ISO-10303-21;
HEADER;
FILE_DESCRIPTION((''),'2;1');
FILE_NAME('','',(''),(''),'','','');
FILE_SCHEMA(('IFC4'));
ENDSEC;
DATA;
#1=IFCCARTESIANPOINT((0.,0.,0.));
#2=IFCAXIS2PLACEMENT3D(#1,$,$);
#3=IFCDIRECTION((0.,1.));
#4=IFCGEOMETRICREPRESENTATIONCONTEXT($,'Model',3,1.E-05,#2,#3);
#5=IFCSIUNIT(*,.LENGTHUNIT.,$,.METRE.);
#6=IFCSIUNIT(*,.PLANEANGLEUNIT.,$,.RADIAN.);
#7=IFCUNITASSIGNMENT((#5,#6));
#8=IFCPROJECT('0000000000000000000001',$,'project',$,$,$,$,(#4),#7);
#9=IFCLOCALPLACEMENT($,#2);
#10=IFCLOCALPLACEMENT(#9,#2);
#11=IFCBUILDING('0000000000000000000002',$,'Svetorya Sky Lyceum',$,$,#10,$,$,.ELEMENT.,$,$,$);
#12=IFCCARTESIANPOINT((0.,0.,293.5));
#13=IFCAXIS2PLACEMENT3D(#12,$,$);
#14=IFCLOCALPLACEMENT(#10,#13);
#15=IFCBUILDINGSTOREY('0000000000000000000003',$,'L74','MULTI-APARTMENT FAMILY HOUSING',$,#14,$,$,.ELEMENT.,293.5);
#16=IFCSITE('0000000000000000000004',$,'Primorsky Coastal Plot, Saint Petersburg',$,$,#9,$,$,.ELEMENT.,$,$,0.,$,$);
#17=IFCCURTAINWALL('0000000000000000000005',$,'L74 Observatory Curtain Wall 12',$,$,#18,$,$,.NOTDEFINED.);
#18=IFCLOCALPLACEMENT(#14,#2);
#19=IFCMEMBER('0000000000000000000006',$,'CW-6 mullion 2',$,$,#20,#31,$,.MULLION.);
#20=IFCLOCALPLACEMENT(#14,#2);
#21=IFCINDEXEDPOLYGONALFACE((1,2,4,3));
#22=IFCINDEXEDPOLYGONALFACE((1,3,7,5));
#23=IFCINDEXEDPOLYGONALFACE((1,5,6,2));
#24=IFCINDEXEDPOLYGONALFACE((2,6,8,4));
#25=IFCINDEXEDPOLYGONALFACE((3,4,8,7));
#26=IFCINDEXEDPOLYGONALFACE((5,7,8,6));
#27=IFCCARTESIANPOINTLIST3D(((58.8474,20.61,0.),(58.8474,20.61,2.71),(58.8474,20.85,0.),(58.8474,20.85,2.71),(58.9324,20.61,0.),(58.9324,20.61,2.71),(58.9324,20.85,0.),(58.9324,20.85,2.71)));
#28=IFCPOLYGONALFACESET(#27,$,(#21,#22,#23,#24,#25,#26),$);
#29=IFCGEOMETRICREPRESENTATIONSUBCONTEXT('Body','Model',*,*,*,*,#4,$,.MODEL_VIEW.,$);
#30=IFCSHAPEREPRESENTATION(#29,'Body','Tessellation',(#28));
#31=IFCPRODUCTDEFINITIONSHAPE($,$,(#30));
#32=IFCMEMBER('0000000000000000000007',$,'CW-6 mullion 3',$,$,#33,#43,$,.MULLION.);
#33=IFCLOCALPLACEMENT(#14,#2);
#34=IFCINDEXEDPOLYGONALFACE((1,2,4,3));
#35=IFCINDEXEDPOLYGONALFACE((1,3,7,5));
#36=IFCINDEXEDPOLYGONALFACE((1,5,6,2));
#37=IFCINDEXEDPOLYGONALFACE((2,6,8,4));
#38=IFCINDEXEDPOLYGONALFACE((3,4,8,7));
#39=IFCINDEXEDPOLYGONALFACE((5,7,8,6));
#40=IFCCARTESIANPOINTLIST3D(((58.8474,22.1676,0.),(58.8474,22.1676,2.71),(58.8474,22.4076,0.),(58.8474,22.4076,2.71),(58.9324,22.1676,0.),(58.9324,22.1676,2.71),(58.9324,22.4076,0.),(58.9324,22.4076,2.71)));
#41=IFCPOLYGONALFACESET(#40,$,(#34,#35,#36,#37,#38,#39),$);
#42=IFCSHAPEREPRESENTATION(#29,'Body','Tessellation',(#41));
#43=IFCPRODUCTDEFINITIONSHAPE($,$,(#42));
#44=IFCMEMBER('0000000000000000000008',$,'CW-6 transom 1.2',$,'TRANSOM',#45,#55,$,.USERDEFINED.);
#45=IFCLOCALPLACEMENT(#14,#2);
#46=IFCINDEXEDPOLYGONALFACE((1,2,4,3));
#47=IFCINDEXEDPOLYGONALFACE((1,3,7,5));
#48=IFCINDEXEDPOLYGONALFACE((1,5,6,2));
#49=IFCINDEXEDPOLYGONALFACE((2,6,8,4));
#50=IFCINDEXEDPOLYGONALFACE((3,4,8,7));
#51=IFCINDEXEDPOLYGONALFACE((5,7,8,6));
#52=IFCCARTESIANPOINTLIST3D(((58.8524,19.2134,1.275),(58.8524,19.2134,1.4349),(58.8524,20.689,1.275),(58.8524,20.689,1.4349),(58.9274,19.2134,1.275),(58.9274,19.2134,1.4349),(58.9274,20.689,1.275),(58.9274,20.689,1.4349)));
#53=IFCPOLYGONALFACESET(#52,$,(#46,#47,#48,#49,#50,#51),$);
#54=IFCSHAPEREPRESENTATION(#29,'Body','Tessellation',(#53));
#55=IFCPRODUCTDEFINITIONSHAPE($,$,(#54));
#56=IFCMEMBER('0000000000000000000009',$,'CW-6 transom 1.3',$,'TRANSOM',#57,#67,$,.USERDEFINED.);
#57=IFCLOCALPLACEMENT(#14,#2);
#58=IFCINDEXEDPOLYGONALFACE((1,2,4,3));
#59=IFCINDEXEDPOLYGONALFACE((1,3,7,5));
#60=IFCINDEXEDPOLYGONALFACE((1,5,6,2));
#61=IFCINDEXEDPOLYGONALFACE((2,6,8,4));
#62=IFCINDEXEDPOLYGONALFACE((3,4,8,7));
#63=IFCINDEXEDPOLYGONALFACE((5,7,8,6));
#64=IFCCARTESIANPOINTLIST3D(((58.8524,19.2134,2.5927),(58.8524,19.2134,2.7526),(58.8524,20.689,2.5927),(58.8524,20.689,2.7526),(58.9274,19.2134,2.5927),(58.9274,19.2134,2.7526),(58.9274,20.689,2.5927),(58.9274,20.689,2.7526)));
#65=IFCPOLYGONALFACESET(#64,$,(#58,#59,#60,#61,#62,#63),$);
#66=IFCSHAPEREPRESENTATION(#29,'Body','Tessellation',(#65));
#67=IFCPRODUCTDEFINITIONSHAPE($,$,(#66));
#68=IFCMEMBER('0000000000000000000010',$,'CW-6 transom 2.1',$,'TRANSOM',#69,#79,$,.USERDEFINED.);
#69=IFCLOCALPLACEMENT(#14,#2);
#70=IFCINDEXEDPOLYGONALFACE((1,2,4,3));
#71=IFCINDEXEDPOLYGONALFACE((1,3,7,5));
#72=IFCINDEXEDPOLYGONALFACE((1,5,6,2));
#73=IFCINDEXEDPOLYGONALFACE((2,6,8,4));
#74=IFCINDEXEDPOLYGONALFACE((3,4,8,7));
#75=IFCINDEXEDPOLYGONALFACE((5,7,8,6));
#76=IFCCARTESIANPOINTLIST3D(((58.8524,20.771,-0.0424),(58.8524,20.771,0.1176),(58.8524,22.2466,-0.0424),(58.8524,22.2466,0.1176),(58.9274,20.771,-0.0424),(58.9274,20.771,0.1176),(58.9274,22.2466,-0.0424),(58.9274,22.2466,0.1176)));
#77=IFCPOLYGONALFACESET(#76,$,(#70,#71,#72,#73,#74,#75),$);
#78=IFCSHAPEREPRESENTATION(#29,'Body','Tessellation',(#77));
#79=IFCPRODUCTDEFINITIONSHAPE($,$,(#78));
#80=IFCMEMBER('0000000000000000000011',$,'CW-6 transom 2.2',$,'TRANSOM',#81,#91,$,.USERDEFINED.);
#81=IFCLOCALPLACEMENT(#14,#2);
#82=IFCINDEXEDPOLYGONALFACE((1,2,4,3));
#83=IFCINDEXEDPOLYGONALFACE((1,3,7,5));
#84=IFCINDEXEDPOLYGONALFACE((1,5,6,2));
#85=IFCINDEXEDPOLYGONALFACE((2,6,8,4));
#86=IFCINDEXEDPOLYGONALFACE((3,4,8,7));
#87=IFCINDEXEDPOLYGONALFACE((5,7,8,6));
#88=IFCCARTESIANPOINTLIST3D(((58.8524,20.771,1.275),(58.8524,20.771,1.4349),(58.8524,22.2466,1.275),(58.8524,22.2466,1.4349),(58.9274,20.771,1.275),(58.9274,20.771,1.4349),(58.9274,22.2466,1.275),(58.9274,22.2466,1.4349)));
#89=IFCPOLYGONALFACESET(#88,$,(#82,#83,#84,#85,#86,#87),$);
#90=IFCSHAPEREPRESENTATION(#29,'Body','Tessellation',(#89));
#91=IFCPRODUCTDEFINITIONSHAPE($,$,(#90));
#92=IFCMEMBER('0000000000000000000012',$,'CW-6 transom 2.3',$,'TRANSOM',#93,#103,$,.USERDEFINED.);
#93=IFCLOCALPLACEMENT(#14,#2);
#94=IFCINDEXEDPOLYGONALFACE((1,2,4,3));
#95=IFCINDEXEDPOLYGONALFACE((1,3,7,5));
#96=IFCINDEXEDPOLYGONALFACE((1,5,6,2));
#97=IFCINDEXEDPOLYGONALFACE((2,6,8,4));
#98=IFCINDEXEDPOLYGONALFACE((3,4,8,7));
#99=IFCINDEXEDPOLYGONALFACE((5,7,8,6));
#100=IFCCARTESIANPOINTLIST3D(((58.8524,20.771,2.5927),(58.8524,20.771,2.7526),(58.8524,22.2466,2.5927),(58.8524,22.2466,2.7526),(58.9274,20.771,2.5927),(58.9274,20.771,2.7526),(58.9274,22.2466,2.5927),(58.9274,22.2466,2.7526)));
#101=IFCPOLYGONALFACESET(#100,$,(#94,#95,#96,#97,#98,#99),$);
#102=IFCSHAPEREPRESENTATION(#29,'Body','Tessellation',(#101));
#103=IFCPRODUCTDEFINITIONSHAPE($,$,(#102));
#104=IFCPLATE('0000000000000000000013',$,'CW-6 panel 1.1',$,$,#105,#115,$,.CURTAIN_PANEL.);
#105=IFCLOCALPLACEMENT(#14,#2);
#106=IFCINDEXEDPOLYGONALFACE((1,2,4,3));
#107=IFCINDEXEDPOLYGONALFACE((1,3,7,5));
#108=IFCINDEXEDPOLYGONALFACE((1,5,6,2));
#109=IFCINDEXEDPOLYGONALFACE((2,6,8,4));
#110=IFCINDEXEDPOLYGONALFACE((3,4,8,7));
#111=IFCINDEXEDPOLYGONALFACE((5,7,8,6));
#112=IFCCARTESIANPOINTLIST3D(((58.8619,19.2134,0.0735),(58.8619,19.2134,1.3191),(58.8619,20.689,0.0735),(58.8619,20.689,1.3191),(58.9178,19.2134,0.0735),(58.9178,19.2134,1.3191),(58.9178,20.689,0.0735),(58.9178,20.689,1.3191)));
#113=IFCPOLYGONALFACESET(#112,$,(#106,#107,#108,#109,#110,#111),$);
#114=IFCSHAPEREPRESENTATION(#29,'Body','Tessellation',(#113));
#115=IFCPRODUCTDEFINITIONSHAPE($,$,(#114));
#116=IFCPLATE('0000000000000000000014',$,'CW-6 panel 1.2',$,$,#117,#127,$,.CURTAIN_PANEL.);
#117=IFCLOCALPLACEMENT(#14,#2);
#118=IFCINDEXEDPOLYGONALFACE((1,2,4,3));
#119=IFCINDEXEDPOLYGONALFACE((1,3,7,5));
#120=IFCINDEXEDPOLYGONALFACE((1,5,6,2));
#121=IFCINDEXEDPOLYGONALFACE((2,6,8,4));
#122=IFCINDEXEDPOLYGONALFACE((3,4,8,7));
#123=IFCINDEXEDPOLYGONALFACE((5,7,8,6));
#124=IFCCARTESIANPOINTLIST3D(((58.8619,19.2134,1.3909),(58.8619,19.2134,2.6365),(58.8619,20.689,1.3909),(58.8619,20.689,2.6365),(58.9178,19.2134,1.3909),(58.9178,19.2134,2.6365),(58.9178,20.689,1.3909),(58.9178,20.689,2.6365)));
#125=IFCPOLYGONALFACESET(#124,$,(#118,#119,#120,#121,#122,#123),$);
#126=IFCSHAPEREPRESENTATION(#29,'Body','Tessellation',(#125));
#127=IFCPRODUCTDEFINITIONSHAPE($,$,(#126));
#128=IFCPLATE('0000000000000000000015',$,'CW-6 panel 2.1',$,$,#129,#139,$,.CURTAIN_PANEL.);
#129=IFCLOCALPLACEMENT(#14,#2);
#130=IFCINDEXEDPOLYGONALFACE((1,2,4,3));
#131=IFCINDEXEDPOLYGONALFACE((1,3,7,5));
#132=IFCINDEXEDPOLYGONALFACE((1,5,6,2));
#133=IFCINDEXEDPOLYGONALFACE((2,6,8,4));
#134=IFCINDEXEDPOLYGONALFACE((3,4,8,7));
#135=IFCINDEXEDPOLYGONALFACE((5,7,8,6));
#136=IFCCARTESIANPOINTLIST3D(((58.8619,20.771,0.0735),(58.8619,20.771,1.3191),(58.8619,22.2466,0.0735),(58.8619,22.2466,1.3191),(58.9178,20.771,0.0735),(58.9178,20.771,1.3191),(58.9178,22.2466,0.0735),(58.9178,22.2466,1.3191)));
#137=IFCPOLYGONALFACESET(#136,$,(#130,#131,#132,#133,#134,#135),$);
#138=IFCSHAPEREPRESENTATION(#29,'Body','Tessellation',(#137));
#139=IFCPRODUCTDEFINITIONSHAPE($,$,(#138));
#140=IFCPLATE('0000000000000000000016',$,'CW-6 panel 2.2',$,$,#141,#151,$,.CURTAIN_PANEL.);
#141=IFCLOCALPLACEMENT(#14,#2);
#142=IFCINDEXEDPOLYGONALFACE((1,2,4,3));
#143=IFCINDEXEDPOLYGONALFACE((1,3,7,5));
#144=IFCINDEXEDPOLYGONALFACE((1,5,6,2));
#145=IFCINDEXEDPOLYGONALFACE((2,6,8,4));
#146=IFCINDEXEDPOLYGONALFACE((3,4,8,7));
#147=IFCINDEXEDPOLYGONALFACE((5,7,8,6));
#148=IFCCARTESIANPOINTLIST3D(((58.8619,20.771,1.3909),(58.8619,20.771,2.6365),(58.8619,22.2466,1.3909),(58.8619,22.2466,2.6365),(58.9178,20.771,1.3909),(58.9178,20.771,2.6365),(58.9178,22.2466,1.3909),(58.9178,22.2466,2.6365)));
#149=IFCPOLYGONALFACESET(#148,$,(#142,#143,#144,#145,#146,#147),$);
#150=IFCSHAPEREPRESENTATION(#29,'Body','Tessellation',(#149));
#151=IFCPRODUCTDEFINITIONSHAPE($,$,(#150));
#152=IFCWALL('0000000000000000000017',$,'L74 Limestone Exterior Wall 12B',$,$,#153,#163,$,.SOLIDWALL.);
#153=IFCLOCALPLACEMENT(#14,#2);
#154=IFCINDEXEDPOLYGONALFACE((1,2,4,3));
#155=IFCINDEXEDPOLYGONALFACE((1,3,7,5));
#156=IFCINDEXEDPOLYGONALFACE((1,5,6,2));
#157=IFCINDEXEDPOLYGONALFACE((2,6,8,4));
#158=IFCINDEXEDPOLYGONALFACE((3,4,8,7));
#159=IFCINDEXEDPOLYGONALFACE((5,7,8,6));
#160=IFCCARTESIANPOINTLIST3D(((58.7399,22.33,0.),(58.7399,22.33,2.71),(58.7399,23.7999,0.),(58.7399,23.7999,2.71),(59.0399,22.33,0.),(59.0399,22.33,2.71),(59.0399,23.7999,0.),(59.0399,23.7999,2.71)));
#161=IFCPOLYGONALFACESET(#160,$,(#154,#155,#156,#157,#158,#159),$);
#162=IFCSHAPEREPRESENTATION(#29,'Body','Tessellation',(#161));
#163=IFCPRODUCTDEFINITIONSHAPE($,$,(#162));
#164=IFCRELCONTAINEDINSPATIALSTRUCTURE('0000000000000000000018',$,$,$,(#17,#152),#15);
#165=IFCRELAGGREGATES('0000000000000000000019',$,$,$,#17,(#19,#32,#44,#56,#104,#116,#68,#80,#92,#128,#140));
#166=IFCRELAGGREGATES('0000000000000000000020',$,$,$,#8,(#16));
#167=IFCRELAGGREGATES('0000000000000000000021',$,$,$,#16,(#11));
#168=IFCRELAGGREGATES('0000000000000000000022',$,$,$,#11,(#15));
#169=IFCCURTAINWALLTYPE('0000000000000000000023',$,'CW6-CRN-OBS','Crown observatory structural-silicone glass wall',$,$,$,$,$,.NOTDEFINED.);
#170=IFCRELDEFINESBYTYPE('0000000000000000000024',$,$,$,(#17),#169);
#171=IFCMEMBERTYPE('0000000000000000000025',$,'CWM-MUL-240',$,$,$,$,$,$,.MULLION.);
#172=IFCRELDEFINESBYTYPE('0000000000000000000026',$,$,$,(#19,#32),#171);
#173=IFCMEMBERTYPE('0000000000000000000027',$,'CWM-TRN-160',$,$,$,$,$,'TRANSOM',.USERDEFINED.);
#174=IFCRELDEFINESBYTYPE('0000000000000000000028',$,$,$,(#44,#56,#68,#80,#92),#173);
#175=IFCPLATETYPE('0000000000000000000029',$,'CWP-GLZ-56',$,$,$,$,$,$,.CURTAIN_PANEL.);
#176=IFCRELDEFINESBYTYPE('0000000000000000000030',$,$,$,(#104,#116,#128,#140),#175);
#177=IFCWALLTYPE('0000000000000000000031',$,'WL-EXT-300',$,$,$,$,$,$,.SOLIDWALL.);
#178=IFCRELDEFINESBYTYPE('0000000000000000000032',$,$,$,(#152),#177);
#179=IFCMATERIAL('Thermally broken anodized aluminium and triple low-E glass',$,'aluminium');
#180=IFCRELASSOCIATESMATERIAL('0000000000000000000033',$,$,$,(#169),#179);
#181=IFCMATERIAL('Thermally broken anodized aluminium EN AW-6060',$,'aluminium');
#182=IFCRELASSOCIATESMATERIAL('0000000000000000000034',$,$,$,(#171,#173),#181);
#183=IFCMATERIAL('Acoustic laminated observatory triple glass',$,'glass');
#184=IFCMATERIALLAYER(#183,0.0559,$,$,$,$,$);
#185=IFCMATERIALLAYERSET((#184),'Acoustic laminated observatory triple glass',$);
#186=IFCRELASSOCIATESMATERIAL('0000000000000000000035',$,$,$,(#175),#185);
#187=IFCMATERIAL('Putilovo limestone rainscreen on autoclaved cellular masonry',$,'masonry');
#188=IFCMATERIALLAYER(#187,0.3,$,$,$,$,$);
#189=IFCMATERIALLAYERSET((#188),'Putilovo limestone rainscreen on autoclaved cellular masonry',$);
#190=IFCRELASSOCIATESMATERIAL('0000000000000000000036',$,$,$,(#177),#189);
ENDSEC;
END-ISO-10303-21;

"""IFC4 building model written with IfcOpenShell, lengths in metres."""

from ifc_helpers import new_model, si_unit, direction, frame, frame_2d, origin, origin_2d, place, context, subcontext, project, spatial, rectangle, extrude, material, layer, layer_set, material_profile, profile_set, type_object, element, aggregate, save


model = new_model("IFC4")

# Units and contexts
model_context = context("Model", 3, precision=1e-05, world=origin(), true_north=direction((0.0, 1.0)))
body_context = subcontext(model_context, "Body", "Model", "MODEL_VIEW")
ifc_project = project(units=[si_unit("LENGTHUNIT", "METRE"), si_unit("PLANEANGLEUNIT", "RADIAN")], contexts=[model_context])

# Site, building, storey
site_placement = place(None, origin())
site = spatial("IfcSite", under=ifc_project, at=site_placement, Name="Primorsky Coastal Plot, Saint Petersburg", CompositionType="ELEMENT", RefElevation=0.0)
building_placement = place(site_placement, origin())
building = spatial("IfcBuilding", under=site, at=building_placement, Name="Svetorya Sky Lyceum", CompositionType="ELEMENT")
storey_placement = place(building_placement, frame((0.0, 0.0, 293.5)))
storey = spatial("IfcBuildingStorey", under=building, at=storey_placement, Name="L74", Description="MULTI-APARTMENT FAMILY HOUSING", CompositionType="ELEMENT", Elevation=293.5)

# Curtain wall, members, plates
ifc_material_1 = material(Name="Thermally broken anodized aluminium and triple low-E glass", Category="aluminium")
curtain_wall_type = type_object("IfcCurtainWallType", Name="CW6-CRN-OBS", Description="Crown observatory structural-silicone glass wall", PredefinedType="NOTDEFINED", material=ifc_material_1)
curtain_wall_placement = place(storey_placement, origin())
curtain_wall = element("IfcCurtainWall", 1, at=curtain_wall_placement, inside=storey, type_object=curtain_wall_type, Name="L74 Observatory Curtain Wall 12", PredefinedType="NOTDEFINED")
ifc_material_2 = material(Name="Thermally broken anodized aluminium EN AW-6060", Category="aluminium")
ifc_material_profile_1 = material_profile(ifc_material_2, rectangle(XDim=0.085, YDim=0.24, at=origin_2d()), Name="ALU MULLION 85x240")
ifc_profile_set_1 = profile_set([ifc_material_profile_1], Name="Thermally broken anodized aluminium EN AW-6060")
member_type_1 = type_object("IfcMemberType", Name="CWM-MUL-240", PredefinedType="MULLION", material=ifc_profile_set_1)
member_1_placement = place(storey_placement, frame((58.8899, 20.73, 0.0), z_axis=(0.0, 0.0, 1.0), x_axis=(-1.0, 0.0, 0.0)))
member_1 = element("IfcMember", 2, at=member_1_placement, type_object=member_type_1, Name="CW-6 mullion 2", PredefinedType="MULLION", context=body_context, shape_type="SweptSolid", body=[
    extrude(rectangle(XDim=0.085, YDim=0.24, at=origin_2d()), origin(), (0.0, 0.0, 1.0), 2.71),
])
member_2_placement = place(storey_placement, frame((58.8899, 22.2876, 0.0), z_axis=(0.0, 0.0, 1.0), x_axis=(-1.0, 0.0, 0.0)))
member_2 = element("IfcMember", 3, at=member_2_placement, type_object=member_type_1, Name="CW-6 mullion 3", PredefinedType="MULLION", context=body_context, shape_type="SweptSolid", body=[
    extrude(rectangle(XDim=0.085, YDim=0.24, at=origin_2d()), origin(), (0.0, 0.0, 1.0), 2.71),
])
ifc_material_profile_2 = material_profile(ifc_material_2, rectangle(XDim=0.075, YDim=0.1599, at=origin_2d()), Name="ALU TRANSOM 75x160")
ifc_profile_set_2 = profile_set([ifc_material_profile_2], Name="Thermally broken anodized aluminium EN AW-6060")
member_type_2 = type_object("IfcMemberType", Name="CWM-TRN-160", ElementType="TRANSOM", PredefinedType="USERDEFINED", material=ifc_profile_set_2)
member_3_placement = place(storey_placement, frame((58.8899, 19.2134, 1.355), z_axis=(0.0, 1.0, 0.0), x_axis=(-1.0, 0.0, 0.0)))
member_3 = element("IfcMember", 4, at=member_3_placement, type_object=member_type_2, Name="CW-6 transom 1.2", ObjectType="TRANSOM", PredefinedType="USERDEFINED", context=body_context, shape_type="SweptSolid", body=[
    extrude(rectangle(XDim=0.075, YDim=0.1599, at=origin_2d()), origin(), (0.0, 0.0, 1.0), 1.4756),
])
member_4_placement = place(storey_placement, frame((58.8899, 19.2134, 2.6726), z_axis=(0.0, 1.0, 0.0), x_axis=(-1.0, 0.0, 0.0)))
member_4 = element("IfcMember", 5, at=member_4_placement, type_object=member_type_2, Name="CW-6 transom 1.3", ObjectType="TRANSOM", PredefinedType="USERDEFINED", context=body_context, shape_type="SweptSolid", body=[
    extrude(rectangle(XDim=0.075, YDim=0.1599, at=origin_2d()), origin(), (0.0, 0.0, 1.0), 1.4756),
])
member_5_placement = place(storey_placement, frame((58.8899, 20.771, 0.0376), z_axis=(0.0, 1.0, 0.0), x_axis=(-1.0, 0.0, 0.0)))
member_5 = element("IfcMember", 6, at=member_5_placement, type_object=member_type_2, Name="CW-6 transom 2.1", ObjectType="TRANSOM", PredefinedType="USERDEFINED", context=body_context, shape_type="SweptSolid", body=[
    extrude(rectangle(XDim=0.075, YDim=0.1599, at=origin_2d()), origin(), (0.0, 0.0, 1.0), 1.4756),
])
member_6_placement = place(storey_placement, frame((58.8899, 20.771, 1.355), z_axis=(0.0, 1.0, 0.0), x_axis=(-1.0, 0.0, 0.0)))
member_6 = element("IfcMember", 7, at=member_6_placement, type_object=member_type_2, Name="CW-6 transom 2.2", ObjectType="TRANSOM", PredefinedType="USERDEFINED", context=body_context, shape_type="SweptSolid", body=[
    extrude(rectangle(XDim=0.075, YDim=0.1599, at=origin_2d()), origin(), (0.0, 0.0, 1.0), 1.4756),
])
member_7_placement = place(storey_placement, frame((58.8899, 20.771, 2.6726), z_axis=(0.0, 1.0, 0.0), x_axis=(-1.0, 0.0, 0.0)))
member_7 = element("IfcMember", 8, at=member_7_placement, type_object=member_type_2, Name="CW-6 transom 2.3", ObjectType="TRANSOM", PredefinedType="USERDEFINED", context=body_context, shape_type="SweptSolid", body=[
    extrude(rectangle(XDim=0.075, YDim=0.1599, at=origin_2d()), origin(), (0.0, 0.0, 1.0), 1.4756),
])
ifc_material_3 = material(Name="Acoustic laminated observatory triple glass", Category="glass")
ifc_layer_1 = layer(ifc_material_3, 0.0559)
ifc_layer_set_1 = layer_set([ifc_layer_1], Name="Acoustic laminated observatory triple glass")
plate_type = type_object("IfcPlateType", Name="CWP-GLZ-56", PredefinedType="CURTAIN_PANEL", material=ifc_layer_set_1)
plate_1_placement = place(storey_placement, frame((58.8899, 19.9512, 0.0735), z_axis=(0.0, 0.0, 1.0), x_axis=(0.0, 1.0, 0.0)))
plate_1 = element("IfcPlate", 9, at=plate_1_placement, type_object=plate_type, Name="CW-6 panel 1.1", PredefinedType="CURTAIN_PANEL", context=body_context, shape_type="SweptSolid", body=[
    extrude(rectangle(XDim=1.4756, YDim=0.0559, at=origin_2d()), origin(), (0.0, 0.0, 1.0), 1.2456),
])
plate_2_placement = place(storey_placement, frame((58.8899, 19.9512, 1.3909), z_axis=(0.0, 0.0, 1.0), x_axis=(0.0, 1.0, 0.0)))
plate_2 = element("IfcPlate", 10, at=plate_2_placement, type_object=plate_type, Name="CW-6 panel 1.2", PredefinedType="CURTAIN_PANEL", context=body_context, shape_type="SweptSolid", body=[
    extrude(rectangle(XDim=1.4756, YDim=0.0559, at=origin_2d()), origin(), (0.0, 0.0, 1.0), 1.2456),
])
plate_3_placement = place(storey_placement, frame((58.8899, 21.5088, 0.0735), z_axis=(0.0, 0.0, 1.0), x_axis=(0.0, 1.0, 0.0)))
plate_3 = element("IfcPlate", 11, at=plate_3_placement, type_object=plate_type, Name="CW-6 panel 2.1", PredefinedType="CURTAIN_PANEL", context=body_context, shape_type="SweptSolid", body=[
    extrude(rectangle(XDim=1.4756, YDim=0.0559, at=origin_2d()), origin(), (0.0, 0.0, 1.0), 1.2456),
])
plate_4_placement = place(storey_placement, frame((58.8899, 21.5088, 1.3909), z_axis=(0.0, 0.0, 1.0), x_axis=(0.0, 1.0, 0.0)))
plate_4 = element("IfcPlate", 12, at=plate_4_placement, type_object=plate_type, Name="CW-6 panel 2.2", PredefinedType="CURTAIN_PANEL", context=body_context, shape_type="SweptSolid", body=[
    extrude(rectangle(XDim=1.4756, YDim=0.0559, at=origin_2d()), origin(), (0.0, 0.0, 1.0), 1.2456),
])
aggregate(curtain_wall, [member_1, member_2, member_3, member_4, plate_1, plate_2, member_5, member_6, member_7, plate_3, plate_4])

# Wall
ifc_material_4 = material(Name="Putilovo limestone rainscreen on autoclaved cellular masonry", Category="masonry")
ifc_layer_2 = layer(ifc_material_4, 0.3)
ifc_layer_set_2 = layer_set([ifc_layer_2], Name="Putilovo limestone rainscreen on autoclaved cellular masonry")
wall_type_1 = type_object("IfcWallType", Name="WL-EXT-300", PredefinedType="SOLIDWALL", material=ifc_layer_set_2)
wall_1_placement = place(storey_placement, frame((58.8899, 22.3301, 0.0), z_axis=(0.0, 0.0, 1.0), x_axis=(0.0, 1.0, 0.0)))
element("IfcWall", 13, at=wall_1_placement, inside=storey, type_object=wall_type_1, Name="L74 Limestone Exterior Wall 12B", PredefinedType="SOLIDWALL", context=body_context, shape_type="SweptSolid", body=[
    extrude(rectangle(XDim=1.47, YDim=0.3, at=frame_2d((0.7349, 0.0))), origin(), (0.0, 0.0, 1.0), 2.71),
])

save(model, "model.ifc")
